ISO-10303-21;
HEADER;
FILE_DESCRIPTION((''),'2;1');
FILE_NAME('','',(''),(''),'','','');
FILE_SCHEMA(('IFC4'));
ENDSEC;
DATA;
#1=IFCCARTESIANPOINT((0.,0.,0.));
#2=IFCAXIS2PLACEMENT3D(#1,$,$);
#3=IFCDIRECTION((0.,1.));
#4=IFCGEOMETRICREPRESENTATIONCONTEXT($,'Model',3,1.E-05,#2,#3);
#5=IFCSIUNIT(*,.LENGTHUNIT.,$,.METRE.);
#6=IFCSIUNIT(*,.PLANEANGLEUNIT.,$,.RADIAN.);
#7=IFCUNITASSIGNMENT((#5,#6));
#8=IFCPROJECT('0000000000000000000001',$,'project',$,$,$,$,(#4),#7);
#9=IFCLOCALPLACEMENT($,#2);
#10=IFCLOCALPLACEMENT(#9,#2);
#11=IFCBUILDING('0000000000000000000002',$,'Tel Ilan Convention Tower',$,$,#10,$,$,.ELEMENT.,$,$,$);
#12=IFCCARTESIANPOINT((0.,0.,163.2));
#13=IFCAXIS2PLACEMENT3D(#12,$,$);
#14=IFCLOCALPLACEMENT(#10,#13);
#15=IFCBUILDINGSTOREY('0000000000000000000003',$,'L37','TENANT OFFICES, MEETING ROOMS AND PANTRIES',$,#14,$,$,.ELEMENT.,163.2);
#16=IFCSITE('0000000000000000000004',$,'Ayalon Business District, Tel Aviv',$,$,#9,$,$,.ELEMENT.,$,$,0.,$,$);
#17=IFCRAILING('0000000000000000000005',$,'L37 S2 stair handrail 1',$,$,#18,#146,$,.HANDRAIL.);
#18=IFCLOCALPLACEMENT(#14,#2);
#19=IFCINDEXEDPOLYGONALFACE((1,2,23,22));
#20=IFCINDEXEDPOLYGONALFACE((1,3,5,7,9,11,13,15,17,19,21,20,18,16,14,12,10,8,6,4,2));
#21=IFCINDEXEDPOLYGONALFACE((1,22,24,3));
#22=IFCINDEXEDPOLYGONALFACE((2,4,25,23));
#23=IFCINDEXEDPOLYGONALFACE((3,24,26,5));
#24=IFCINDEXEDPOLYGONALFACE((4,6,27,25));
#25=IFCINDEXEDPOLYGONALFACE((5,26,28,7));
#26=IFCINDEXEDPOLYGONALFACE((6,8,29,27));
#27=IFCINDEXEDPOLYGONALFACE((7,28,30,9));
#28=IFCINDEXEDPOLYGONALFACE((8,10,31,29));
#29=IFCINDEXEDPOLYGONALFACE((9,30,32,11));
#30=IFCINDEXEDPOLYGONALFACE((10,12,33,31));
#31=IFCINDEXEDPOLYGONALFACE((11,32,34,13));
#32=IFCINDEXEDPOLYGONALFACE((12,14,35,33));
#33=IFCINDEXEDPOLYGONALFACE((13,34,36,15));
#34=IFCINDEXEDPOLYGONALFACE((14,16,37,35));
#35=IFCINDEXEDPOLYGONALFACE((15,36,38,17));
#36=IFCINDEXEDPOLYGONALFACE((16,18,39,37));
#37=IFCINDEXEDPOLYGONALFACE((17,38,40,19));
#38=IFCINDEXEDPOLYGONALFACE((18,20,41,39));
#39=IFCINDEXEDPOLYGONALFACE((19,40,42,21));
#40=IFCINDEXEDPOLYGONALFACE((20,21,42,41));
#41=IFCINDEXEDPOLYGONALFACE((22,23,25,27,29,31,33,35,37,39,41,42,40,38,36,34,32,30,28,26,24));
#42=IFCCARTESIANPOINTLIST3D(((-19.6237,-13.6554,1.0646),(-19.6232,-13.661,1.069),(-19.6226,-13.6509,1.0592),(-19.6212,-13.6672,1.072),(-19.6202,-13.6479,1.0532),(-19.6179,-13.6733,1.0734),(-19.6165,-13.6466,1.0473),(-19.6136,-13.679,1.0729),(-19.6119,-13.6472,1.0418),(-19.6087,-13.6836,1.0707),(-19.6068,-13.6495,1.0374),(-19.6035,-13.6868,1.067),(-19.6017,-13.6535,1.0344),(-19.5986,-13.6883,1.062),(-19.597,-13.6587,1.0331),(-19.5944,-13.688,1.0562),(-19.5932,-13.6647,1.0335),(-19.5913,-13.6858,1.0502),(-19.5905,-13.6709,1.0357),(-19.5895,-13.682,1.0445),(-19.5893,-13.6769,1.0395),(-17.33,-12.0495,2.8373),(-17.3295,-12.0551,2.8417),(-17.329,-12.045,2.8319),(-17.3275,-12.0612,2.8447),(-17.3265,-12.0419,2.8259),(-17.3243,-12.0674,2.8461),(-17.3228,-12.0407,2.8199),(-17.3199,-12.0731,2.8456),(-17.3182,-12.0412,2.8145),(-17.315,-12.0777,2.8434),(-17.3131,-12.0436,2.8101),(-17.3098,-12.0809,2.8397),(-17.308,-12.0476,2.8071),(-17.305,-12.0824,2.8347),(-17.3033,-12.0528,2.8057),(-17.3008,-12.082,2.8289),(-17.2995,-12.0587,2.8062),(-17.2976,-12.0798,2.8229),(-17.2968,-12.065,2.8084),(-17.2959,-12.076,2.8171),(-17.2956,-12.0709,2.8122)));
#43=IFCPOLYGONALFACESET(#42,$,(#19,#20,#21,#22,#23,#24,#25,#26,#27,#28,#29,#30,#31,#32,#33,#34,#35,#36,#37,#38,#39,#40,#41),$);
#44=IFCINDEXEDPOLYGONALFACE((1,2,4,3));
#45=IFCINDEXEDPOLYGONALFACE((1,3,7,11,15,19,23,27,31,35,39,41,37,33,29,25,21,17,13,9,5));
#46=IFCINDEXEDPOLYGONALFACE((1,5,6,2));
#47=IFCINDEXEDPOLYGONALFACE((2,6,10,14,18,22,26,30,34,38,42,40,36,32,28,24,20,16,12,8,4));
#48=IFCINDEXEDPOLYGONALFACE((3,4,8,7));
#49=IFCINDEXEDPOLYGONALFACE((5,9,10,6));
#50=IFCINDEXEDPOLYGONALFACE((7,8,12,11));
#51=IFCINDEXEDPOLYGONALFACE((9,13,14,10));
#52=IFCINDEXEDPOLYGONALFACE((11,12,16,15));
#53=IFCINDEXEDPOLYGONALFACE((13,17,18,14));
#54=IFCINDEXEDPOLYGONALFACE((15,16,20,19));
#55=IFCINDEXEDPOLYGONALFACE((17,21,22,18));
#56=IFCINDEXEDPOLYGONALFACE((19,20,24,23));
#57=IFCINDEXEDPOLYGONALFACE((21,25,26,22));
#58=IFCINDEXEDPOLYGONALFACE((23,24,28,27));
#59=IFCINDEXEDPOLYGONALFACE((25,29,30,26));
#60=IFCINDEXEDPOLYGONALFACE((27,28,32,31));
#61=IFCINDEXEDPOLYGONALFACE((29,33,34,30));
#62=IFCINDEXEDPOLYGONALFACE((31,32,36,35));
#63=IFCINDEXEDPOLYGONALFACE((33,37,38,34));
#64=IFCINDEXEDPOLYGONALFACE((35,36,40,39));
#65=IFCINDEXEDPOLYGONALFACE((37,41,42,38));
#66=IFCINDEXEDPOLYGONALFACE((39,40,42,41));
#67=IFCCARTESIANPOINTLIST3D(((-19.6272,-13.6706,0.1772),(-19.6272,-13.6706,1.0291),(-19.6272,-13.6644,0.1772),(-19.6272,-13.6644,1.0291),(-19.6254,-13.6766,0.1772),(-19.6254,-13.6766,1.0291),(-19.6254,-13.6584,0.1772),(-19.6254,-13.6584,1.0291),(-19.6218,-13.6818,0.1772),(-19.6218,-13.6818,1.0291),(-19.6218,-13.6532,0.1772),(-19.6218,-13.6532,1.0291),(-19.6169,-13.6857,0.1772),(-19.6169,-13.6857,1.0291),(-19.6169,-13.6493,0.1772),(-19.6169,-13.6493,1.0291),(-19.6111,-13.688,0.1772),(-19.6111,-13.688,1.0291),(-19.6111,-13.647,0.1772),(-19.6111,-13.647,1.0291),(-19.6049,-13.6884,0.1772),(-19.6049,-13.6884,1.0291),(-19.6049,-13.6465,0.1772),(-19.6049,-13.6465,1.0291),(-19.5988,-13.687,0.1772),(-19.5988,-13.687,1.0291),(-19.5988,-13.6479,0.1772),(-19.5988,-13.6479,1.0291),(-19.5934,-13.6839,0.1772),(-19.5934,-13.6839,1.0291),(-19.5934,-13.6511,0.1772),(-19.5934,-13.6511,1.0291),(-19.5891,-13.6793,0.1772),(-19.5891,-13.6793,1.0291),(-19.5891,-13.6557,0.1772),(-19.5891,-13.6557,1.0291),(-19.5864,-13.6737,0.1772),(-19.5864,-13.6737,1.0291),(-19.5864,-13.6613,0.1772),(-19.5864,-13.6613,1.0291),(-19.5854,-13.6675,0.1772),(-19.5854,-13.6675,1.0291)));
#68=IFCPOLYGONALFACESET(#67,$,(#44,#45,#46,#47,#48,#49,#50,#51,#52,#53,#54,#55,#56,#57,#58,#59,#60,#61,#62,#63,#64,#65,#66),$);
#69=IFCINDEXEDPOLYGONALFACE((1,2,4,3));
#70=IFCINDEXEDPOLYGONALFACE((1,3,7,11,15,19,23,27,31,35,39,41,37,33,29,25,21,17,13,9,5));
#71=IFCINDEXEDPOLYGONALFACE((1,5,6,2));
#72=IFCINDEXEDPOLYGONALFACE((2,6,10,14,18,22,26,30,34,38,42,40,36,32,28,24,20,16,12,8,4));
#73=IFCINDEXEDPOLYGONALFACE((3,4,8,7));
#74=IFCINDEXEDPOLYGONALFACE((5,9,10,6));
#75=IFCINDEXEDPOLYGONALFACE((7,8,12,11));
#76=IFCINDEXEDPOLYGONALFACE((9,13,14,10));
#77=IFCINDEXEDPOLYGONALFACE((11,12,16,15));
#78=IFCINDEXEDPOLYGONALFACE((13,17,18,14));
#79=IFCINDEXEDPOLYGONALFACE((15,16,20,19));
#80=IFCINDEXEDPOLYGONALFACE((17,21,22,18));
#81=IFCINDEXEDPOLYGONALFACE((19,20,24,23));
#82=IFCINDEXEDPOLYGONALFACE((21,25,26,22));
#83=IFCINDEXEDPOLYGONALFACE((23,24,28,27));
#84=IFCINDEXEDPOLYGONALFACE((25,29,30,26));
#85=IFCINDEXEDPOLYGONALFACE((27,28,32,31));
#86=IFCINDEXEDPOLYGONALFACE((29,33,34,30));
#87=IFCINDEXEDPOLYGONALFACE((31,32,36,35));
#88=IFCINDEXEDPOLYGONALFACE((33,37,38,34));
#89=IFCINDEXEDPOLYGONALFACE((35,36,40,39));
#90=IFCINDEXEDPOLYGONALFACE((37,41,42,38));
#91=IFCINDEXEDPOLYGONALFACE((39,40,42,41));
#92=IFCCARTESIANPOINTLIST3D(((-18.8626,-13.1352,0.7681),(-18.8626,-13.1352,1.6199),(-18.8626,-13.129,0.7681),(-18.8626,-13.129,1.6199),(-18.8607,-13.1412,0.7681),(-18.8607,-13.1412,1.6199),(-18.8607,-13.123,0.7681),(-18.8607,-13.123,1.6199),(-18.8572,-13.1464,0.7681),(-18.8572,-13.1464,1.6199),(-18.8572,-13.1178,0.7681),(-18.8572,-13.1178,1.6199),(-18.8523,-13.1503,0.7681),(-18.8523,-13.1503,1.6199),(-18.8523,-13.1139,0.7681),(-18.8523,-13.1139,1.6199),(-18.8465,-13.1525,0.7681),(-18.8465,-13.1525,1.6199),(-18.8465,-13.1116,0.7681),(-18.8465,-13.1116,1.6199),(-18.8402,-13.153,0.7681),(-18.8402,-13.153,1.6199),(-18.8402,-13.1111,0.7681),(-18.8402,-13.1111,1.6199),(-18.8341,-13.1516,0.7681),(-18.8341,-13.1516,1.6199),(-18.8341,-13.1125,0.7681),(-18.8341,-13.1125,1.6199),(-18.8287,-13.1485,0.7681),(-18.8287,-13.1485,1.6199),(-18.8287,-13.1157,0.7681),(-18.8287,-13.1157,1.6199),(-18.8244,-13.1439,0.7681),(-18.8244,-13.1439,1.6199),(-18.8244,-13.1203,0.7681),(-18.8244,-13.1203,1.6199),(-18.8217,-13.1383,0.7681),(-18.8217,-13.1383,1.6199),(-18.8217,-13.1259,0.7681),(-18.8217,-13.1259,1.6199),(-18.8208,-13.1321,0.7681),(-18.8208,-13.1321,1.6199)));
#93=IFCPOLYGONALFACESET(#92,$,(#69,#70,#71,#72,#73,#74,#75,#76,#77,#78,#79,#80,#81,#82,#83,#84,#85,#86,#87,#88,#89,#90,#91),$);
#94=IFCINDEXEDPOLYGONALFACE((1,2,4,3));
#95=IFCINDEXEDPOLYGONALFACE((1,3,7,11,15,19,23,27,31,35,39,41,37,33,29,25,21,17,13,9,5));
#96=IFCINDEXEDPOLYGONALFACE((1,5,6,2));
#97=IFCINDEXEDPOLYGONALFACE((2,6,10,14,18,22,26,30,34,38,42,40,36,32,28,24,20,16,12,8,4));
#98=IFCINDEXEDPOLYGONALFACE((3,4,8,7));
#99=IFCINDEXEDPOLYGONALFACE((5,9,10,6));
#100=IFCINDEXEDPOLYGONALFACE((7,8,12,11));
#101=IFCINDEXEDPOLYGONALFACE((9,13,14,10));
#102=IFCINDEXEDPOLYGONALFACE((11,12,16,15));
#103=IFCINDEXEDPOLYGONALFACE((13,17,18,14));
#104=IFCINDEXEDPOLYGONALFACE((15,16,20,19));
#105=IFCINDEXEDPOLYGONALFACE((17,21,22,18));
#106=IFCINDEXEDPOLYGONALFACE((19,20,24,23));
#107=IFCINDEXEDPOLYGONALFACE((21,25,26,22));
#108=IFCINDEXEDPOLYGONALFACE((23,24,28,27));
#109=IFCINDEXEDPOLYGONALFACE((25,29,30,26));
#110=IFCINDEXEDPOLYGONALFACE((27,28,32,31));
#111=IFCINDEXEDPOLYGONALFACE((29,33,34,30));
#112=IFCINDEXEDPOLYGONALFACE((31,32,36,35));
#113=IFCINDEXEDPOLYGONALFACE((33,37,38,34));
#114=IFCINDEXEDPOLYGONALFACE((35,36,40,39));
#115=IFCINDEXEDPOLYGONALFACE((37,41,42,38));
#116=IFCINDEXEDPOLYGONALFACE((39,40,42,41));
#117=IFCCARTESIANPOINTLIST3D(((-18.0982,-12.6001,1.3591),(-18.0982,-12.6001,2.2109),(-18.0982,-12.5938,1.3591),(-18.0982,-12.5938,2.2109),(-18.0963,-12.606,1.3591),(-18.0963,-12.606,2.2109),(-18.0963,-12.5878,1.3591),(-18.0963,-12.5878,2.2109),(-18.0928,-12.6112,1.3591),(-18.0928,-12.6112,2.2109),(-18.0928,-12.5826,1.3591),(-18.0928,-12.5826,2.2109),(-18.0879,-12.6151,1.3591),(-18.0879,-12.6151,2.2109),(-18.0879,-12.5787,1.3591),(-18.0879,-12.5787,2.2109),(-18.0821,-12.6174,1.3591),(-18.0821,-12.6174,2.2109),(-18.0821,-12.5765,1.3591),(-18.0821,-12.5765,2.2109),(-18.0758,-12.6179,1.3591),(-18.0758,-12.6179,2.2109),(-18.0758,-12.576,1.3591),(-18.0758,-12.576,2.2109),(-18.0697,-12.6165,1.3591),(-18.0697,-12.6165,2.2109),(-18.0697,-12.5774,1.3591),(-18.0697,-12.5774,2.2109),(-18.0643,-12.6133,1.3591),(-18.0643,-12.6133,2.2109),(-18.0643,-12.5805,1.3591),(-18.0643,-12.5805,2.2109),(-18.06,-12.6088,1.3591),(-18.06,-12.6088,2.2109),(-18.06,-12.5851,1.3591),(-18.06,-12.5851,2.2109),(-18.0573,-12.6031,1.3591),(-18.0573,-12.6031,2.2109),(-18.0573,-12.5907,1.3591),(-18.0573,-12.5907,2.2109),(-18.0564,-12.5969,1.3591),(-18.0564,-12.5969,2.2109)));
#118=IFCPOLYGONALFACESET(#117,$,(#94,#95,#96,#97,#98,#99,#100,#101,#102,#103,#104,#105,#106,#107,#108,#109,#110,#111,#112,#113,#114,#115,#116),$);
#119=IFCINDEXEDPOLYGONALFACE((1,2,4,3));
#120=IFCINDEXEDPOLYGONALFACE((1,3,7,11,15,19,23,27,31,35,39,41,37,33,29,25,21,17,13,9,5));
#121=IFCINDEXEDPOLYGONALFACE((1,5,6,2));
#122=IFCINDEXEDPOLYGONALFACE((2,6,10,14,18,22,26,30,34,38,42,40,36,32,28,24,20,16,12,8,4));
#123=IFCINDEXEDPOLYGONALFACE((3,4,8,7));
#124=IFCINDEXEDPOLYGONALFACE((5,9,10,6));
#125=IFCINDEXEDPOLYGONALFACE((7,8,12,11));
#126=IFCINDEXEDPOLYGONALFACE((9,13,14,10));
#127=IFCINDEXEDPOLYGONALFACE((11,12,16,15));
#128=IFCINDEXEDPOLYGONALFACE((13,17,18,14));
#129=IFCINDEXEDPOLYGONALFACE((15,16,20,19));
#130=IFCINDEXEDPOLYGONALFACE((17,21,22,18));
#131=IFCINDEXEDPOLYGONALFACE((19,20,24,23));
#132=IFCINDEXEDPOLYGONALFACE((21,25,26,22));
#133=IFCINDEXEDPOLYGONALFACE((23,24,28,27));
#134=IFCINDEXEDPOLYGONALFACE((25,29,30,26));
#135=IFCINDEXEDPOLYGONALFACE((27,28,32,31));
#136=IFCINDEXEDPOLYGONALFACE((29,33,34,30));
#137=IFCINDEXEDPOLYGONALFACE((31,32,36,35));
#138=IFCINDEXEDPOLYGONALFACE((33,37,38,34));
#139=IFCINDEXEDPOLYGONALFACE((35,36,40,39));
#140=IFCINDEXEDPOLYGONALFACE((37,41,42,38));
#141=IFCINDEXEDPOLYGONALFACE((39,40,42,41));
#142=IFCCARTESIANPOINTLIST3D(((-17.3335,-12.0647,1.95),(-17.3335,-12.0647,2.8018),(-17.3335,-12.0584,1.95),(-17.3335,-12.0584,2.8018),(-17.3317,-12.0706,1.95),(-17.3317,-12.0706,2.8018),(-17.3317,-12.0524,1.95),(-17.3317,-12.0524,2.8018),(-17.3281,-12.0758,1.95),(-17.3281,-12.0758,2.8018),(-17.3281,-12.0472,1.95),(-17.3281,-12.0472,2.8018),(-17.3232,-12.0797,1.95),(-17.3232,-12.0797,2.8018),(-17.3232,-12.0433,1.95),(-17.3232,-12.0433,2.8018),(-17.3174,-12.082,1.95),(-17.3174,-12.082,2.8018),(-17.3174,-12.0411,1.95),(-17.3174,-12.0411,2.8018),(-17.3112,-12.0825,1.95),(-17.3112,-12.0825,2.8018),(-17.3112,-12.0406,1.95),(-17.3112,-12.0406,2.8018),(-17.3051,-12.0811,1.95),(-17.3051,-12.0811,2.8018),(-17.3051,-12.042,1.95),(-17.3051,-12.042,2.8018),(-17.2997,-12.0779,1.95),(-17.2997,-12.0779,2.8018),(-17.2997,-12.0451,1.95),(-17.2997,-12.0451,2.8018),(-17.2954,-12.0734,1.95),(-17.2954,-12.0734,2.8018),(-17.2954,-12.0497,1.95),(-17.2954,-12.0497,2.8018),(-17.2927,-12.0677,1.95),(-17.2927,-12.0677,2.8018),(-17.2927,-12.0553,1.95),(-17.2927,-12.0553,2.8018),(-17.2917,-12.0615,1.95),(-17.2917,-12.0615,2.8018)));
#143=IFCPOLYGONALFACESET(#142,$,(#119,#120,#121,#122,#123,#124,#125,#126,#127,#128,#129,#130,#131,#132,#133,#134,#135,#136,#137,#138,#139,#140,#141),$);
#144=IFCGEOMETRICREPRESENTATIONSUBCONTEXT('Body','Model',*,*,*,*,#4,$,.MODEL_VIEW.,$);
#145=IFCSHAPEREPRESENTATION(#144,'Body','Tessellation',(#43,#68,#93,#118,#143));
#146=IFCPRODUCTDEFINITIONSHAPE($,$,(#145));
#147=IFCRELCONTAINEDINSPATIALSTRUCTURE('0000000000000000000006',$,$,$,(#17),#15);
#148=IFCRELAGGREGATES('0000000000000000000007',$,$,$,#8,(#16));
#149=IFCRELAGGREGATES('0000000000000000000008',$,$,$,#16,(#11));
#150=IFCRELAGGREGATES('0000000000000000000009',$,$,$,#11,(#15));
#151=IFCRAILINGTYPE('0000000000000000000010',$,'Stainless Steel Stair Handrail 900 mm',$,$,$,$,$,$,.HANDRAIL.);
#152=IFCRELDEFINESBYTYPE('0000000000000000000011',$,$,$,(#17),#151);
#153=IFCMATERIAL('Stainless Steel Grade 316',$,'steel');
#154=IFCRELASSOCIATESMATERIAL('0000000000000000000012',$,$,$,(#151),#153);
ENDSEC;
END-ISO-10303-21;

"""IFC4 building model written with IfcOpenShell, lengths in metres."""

from ifc_helpers import new_model, si_unit, direction, frame, origin, origin_2d, place, context, subcontext, project, spatial, circle, extrude, material, type_object, element, save


model = new_model("IFC4")

# Units and contexts
model_context = context("Model", 3, precision=1e-05, world=origin(), true_north=direction((0.0, 1.0)))
body_context = subcontext(model_context, "Body", "Model", "MODEL_VIEW")
ifc_project = project(units=[si_unit("LENGTHUNIT", "METRE"), si_unit("PLANEANGLEUNIT", "RADIAN")], contexts=[model_context])

# Site, building, storey
site_placement = place(None, origin())
site = spatial("IfcSite", under=ifc_project, at=site_placement, Name="Ayalon Business District, Tel Aviv", CompositionType="ELEMENT", RefElevation=0.0)
building_placement = place(site_placement, origin())
building = spatial("IfcBuilding", under=site, at=building_placement, Name="Tel Ilan Convention Tower", CompositionType="ELEMENT")
storey_placement = place(building_placement, frame((0.0, 0.0, 163.2)))
storey = spatial("IfcBuildingStorey", under=building, at=storey_placement, Name="L37", Description="TENANT OFFICES, MEETING ROOMS AND PANTRIES", CompositionType="ELEMENT", Elevation=163.2)

# Railing
ifc_material_1 = material(Name="Stainless Steel Grade 316", Category="steel")
railing_type_1 = type_object("IfcRailingType", Name="Stainless Steel Stair Handrail 900 mm", PredefinedType="HANDRAIL", material=ifc_material_1)
railing_1_placement = place(storey_placement, frame((-19.6064, -13.6675, 0.1772)))
element("IfcRailing", 1, at=railing_1_placement, inside=storey, type_object=railing_type_1, Name="L37 S2 stair handrail 1", PredefinedType="HANDRAIL", context=body_context, shape_type="SweptSolid", body=[
    extrude(circle(Radius=0.0239, at=origin_2d()), frame((0.0, 0.0, 0.876), z_axis=(0.692123, 0.484597, 0.534913), x_axis=(-0.57355, 0.81917, 0.0)), (0.0, 0.0, 1.0), 3.314),
    extrude(circle(Radius=0.021, at=origin_2d()), origin(), (0.0, 0.0, 1.0), 0.8518),
    extrude(circle(Radius=0.021, at=origin_2d()), frame((0.7646, 0.5354, 0.5908)), (0.0, 0.0, 1.0), 0.8518),
    extrude(circle(Radius=0.021, at=origin_2d()), frame((1.5291, 1.0706, 1.1819)), (0.0, 0.0, 1.0), 0.8518),
    extrude(circle(Radius=0.021, at=origin_2d()), frame((2.2937, 1.606, 1.7727)), (0.0, 0.0, 1.0), 0.8518),
])

save(model, "model.ifc")
